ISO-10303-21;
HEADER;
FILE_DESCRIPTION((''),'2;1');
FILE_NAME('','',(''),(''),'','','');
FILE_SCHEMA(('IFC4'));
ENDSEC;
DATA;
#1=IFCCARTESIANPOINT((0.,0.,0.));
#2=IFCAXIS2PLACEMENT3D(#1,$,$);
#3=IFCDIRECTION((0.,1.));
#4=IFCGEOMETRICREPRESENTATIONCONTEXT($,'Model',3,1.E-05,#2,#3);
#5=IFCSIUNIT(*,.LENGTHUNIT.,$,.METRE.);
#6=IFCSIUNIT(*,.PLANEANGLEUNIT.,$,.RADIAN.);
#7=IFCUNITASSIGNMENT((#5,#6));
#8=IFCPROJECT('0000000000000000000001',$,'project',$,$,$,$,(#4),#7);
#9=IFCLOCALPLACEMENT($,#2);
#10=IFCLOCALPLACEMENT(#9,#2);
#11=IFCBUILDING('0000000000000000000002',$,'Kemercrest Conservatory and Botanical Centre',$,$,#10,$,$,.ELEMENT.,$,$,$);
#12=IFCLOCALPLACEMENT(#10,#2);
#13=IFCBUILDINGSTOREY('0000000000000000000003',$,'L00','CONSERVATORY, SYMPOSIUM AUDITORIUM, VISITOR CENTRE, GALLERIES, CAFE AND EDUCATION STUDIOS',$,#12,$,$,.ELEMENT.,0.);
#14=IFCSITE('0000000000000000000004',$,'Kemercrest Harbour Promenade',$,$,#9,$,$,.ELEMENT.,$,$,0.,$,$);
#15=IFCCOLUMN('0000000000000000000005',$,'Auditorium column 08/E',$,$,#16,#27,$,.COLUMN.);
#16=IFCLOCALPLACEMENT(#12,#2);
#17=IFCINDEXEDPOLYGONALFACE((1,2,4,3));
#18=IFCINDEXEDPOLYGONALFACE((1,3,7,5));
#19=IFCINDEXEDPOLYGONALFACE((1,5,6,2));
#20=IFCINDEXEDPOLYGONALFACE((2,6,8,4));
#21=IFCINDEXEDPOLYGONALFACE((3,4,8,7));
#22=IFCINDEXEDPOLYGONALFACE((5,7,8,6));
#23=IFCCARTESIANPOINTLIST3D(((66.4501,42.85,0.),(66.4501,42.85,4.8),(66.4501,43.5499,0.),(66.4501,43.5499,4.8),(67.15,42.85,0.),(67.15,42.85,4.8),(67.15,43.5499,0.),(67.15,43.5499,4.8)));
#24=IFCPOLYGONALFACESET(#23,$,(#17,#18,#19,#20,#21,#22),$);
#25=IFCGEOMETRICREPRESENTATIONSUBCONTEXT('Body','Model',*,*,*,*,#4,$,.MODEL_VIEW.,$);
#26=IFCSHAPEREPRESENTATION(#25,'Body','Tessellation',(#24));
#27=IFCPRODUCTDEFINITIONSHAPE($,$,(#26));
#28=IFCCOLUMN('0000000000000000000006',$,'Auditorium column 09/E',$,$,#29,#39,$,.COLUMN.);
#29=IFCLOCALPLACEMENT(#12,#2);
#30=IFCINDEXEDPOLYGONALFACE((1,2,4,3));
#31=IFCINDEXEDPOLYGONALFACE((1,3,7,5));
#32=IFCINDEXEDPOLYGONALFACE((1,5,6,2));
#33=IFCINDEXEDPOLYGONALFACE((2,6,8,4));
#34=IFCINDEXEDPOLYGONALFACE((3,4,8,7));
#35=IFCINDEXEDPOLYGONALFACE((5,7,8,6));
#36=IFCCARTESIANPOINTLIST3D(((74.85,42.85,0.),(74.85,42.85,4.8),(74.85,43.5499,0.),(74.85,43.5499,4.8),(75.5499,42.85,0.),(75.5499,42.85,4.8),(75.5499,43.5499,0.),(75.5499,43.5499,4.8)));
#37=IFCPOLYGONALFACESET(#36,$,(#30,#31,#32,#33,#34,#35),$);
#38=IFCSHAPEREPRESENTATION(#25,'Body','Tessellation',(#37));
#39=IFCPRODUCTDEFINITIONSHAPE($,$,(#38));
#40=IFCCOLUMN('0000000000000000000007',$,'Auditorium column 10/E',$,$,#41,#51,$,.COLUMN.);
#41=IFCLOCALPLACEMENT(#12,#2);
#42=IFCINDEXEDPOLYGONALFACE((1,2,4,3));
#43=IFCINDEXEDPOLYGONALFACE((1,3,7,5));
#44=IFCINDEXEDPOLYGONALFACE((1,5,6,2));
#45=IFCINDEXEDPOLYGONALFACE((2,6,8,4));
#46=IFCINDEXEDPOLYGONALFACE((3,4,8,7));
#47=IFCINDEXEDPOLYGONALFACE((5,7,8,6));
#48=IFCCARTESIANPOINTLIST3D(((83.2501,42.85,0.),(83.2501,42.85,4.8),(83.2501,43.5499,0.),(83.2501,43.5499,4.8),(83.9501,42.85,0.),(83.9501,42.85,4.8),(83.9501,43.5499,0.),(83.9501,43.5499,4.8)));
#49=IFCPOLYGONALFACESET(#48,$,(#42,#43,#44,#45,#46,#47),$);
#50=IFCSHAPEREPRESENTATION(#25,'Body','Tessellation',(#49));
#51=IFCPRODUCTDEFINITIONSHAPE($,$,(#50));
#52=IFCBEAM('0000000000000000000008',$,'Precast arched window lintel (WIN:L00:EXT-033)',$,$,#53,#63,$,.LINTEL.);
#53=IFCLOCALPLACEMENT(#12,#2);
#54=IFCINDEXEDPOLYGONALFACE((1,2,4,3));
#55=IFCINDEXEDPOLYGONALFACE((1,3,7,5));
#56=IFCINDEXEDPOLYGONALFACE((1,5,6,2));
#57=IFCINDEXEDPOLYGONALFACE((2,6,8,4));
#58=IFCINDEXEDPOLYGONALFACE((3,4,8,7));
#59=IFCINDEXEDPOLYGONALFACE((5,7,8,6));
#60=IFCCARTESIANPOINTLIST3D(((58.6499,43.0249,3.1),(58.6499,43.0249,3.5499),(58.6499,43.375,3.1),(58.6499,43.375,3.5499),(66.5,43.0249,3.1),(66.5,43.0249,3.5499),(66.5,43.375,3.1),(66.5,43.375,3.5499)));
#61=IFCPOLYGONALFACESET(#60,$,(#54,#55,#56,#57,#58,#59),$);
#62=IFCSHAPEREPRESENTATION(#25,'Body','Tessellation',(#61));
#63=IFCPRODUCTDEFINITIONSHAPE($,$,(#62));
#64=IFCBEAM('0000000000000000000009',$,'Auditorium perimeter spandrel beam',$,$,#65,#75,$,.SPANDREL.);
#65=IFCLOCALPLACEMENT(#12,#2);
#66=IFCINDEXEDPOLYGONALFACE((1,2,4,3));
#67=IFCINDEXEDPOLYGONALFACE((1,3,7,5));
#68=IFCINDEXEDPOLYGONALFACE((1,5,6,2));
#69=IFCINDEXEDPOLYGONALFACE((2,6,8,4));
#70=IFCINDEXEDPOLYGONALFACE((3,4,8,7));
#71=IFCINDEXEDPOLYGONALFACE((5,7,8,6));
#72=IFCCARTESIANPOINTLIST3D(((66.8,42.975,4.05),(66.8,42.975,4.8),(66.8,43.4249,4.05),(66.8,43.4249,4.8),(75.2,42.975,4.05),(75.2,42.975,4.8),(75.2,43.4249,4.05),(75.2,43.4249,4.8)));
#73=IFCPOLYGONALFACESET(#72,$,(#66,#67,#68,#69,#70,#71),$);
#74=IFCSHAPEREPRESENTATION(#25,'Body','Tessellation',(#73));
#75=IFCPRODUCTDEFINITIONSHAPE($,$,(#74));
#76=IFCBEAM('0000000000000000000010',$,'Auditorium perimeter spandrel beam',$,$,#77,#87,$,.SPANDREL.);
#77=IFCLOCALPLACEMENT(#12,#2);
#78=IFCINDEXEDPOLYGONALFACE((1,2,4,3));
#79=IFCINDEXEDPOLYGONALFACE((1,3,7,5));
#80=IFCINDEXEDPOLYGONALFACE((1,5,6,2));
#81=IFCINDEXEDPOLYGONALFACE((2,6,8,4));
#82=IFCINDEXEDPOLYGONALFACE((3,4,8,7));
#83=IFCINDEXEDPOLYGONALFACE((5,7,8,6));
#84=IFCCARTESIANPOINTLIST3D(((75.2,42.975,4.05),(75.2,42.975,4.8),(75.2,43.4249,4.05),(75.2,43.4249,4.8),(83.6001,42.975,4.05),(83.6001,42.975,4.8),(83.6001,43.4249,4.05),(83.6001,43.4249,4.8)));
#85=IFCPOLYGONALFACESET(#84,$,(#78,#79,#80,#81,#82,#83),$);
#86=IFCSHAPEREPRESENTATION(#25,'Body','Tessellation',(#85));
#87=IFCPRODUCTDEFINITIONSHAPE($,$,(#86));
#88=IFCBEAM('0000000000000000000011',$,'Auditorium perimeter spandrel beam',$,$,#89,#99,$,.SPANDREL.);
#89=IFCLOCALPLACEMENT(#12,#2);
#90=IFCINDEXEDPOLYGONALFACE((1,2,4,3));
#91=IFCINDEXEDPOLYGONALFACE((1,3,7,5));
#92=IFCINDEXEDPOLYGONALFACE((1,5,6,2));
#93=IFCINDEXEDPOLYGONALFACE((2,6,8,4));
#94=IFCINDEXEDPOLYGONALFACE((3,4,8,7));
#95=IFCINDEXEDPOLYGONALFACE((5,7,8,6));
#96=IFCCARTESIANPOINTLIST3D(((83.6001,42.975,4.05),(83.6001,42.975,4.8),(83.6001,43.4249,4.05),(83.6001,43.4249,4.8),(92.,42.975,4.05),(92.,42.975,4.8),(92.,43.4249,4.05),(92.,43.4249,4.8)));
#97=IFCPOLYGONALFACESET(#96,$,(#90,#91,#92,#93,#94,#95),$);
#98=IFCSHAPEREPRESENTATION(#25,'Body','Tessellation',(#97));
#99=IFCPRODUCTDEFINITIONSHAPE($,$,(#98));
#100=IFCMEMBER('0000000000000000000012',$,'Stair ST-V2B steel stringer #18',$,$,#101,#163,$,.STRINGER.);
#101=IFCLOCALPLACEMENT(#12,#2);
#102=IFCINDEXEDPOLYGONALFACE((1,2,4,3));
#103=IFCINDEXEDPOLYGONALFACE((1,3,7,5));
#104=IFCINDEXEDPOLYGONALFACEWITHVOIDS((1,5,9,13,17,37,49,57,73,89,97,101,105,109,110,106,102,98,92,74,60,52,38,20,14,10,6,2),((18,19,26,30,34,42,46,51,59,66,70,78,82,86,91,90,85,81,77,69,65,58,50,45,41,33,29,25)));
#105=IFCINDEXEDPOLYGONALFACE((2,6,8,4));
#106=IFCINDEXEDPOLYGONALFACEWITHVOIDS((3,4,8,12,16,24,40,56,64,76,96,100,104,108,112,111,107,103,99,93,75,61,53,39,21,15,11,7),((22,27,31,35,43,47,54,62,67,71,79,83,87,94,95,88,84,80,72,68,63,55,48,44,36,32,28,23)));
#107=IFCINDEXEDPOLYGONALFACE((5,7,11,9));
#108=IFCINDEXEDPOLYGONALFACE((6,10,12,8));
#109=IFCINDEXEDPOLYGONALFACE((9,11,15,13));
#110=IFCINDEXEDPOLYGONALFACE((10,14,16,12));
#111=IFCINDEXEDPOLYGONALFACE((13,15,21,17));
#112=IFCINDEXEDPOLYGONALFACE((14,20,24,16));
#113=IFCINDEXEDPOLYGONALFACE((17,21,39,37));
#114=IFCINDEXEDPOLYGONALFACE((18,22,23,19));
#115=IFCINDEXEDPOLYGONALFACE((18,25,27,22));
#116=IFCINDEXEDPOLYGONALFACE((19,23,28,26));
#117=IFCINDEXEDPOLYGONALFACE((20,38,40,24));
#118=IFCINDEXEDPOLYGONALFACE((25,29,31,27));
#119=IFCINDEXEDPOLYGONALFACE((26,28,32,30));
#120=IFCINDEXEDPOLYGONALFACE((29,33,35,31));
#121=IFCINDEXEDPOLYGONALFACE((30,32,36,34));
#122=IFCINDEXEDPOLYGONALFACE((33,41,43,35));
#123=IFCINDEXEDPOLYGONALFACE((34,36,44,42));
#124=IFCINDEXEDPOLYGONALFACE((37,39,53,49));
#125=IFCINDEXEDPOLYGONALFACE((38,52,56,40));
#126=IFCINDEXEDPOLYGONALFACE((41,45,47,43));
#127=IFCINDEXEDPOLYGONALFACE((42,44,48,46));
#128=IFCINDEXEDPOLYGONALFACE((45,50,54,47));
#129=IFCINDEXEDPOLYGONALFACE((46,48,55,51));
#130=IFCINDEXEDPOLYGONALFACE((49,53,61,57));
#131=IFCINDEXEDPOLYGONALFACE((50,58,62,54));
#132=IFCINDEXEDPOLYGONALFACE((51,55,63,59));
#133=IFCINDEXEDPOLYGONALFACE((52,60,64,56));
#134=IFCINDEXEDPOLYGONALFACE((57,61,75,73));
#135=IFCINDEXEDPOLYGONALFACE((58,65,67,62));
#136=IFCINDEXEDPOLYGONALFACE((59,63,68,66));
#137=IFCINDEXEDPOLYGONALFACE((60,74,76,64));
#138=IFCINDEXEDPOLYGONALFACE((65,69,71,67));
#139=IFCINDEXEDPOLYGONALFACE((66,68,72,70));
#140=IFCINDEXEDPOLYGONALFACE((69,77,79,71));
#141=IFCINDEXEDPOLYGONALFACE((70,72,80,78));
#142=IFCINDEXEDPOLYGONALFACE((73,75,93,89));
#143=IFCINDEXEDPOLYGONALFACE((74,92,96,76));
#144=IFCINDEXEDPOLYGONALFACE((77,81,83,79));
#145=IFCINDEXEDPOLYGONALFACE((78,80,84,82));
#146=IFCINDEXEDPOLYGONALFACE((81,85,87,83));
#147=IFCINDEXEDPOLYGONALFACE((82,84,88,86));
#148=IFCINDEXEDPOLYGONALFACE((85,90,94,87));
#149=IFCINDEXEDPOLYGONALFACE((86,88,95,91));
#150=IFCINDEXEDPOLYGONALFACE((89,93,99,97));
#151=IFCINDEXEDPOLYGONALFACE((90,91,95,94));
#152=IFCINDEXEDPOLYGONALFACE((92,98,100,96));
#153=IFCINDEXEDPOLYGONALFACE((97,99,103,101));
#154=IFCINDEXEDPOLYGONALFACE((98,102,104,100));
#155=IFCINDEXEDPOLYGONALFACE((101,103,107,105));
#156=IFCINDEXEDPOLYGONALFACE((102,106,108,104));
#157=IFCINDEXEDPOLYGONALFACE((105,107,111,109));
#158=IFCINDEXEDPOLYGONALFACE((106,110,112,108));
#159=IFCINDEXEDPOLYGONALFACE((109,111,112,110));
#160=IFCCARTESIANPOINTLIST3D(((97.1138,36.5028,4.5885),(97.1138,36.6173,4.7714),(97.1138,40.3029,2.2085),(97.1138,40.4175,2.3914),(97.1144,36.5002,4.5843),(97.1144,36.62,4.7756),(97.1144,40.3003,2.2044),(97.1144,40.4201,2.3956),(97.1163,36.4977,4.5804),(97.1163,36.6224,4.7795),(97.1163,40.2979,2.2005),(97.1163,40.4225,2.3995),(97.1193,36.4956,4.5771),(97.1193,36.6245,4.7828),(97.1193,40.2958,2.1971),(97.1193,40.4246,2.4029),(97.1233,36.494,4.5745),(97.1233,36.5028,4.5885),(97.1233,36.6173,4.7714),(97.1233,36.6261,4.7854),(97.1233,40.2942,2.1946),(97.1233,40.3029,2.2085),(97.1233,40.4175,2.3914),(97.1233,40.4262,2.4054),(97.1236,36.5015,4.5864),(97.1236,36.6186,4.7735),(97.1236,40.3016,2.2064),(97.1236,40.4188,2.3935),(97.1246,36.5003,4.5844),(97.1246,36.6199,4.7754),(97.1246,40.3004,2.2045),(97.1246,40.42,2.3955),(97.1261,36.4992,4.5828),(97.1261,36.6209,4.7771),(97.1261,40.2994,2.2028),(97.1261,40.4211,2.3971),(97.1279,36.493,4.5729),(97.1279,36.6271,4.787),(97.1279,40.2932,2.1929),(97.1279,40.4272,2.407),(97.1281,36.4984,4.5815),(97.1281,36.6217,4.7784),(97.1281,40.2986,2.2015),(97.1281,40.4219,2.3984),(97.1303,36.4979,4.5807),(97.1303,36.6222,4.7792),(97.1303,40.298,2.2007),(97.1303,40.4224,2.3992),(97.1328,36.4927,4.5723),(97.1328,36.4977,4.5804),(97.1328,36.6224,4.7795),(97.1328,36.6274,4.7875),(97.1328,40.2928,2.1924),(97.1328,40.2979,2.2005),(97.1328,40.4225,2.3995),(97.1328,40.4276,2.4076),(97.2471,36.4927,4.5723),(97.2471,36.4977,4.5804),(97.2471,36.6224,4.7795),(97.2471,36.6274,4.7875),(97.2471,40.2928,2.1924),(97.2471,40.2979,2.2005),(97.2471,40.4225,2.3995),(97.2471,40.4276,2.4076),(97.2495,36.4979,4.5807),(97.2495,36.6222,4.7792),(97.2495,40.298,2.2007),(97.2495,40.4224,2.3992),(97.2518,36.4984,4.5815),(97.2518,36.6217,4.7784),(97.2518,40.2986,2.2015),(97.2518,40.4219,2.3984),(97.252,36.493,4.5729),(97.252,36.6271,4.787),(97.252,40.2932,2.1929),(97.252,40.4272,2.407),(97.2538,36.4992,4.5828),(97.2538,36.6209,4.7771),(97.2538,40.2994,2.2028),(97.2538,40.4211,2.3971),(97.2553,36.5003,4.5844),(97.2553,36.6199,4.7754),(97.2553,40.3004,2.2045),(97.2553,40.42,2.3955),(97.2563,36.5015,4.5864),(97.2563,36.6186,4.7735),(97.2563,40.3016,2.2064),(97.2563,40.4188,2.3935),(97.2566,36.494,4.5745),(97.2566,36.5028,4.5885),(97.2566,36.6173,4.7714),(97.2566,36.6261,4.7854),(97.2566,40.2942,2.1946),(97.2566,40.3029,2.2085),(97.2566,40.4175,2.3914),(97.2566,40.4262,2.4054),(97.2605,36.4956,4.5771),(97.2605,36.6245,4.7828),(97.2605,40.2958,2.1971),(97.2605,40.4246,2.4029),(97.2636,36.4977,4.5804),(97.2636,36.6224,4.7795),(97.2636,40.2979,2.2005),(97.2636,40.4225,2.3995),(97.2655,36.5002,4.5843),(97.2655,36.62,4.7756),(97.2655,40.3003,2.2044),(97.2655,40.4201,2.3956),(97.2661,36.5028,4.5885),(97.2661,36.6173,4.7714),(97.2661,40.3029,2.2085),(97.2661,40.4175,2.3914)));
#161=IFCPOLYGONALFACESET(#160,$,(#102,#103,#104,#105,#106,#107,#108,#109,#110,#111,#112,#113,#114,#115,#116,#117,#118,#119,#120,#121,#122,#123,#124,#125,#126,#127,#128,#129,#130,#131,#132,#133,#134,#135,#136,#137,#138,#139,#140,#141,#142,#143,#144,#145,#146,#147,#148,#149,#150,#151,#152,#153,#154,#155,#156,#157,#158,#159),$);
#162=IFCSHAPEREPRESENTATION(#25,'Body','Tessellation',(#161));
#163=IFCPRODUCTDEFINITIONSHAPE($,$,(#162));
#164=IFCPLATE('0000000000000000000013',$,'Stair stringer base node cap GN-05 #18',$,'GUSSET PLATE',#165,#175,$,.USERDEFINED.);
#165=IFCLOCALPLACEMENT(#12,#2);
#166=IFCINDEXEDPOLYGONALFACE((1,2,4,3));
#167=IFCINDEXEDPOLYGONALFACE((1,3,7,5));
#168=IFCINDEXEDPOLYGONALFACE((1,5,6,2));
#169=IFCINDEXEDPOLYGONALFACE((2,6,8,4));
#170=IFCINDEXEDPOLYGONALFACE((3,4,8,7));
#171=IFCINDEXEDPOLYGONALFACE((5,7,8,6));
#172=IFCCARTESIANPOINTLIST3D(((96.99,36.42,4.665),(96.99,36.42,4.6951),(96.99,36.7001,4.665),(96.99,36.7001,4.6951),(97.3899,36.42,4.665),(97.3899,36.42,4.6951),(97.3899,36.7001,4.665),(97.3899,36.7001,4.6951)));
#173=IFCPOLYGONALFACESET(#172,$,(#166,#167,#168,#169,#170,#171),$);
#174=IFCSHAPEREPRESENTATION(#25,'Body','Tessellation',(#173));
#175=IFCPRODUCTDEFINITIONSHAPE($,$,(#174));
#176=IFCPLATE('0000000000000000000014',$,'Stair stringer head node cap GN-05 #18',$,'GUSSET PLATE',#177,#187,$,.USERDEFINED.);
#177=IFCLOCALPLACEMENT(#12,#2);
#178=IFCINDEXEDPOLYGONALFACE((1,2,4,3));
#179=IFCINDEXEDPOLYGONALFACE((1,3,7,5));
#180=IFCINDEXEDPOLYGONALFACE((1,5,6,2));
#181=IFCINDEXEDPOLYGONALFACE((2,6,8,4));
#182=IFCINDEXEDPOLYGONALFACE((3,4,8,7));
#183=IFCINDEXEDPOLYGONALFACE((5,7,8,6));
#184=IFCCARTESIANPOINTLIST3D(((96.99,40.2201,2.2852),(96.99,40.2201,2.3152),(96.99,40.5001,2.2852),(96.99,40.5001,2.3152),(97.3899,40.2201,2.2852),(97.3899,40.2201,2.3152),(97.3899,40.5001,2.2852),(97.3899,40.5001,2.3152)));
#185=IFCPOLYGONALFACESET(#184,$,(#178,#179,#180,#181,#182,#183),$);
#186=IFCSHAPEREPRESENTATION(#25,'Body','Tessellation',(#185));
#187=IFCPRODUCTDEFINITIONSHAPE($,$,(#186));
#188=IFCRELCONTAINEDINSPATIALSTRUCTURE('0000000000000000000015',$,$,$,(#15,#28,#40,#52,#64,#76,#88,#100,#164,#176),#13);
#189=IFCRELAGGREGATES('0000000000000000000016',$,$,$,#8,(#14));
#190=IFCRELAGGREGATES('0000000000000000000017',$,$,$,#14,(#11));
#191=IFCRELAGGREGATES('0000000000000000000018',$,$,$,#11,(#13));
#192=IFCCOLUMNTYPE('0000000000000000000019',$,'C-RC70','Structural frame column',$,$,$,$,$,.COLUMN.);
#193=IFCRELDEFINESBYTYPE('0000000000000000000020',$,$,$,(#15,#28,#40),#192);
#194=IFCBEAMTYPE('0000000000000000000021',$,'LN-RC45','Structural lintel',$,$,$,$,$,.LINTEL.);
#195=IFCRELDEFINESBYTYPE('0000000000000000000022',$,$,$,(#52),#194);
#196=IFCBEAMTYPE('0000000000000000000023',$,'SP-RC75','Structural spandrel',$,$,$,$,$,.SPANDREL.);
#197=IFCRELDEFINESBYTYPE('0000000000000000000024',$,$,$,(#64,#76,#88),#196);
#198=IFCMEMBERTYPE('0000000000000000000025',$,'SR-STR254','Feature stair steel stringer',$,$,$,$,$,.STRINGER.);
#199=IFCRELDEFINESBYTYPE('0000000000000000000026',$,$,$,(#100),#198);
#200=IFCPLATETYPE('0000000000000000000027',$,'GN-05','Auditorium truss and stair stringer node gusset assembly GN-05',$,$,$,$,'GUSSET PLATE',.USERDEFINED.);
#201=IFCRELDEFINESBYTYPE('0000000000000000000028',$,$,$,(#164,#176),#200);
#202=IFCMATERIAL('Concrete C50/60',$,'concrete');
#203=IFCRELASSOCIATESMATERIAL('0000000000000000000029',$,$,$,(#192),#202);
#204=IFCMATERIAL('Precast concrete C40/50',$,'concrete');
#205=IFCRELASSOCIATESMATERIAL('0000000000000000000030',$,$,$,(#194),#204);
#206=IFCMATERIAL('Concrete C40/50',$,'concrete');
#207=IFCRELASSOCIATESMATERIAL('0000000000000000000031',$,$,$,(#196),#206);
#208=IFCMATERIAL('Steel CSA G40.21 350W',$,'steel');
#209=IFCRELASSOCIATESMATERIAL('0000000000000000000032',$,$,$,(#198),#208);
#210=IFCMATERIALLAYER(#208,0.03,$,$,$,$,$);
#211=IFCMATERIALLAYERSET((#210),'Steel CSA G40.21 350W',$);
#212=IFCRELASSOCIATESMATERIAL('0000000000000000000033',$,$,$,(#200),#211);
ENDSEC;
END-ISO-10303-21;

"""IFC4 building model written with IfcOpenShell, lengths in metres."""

from ifc_helpers import new_model, si_unit, direction, frame, origin, origin_2d, place, context, subcontext, project, spatial, rectangle, hollow_rectangle, extrude, material, layer, layer_set, material_profile, profile_set, type_object, element, save


model = new_model("IFC4")

# Units and contexts
model_context = context("Model", 3, precision=1e-05, world=origin(), true_north=direction((0.0, 1.0)))
body_context = subcontext(model_context, "Body", "Model", "MODEL_VIEW")
ifc_project = project(units=[si_unit("LENGTHUNIT", "METRE"), si_unit("PLANEANGLEUNIT", "RADIAN")], contexts=[model_context])

# Site, building, storey
site_placement = place(None, origin())
site = spatial("IfcSite", under=ifc_project, at=site_placement, Name="Kemercrest Harbour Promenade", CompositionType="ELEMENT", RefElevation=0.0)
building_placement = place(site_placement, origin())
building = spatial("IfcBuilding", under=site, at=building_placement, Name="Kemercrest Conservatory and Botanical Centre", CompositionType="ELEMENT")
storey_placement = place(building_placement, origin())
storey = spatial("IfcBuildingStorey", under=building, at=storey_placement, Name="L00", Description="CONSERVATORY, SYMPOSIUM AUDITORIUM, VISITOR CENTRE, GALLERIES, CAFE AND EDUCATION STUDIOS", CompositionType="ELEMENT", Elevation=0.0)

# Columns
ifc_material_1 = material(Name="Concrete C50/60", Category="concrete")
ifc_material_profile_1 = material_profile(ifc_material_1, rectangle(XDim=0.7, YDim=0.7, at=origin_2d()), Name="RC 700x700")
ifc_profile_set_1 = profile_set([ifc_material_profile_1], Name="Concrete C50/60")
column_type = type_object("IfcColumnType", Name="C-RC70", Description="Structural frame column", PredefinedType="COLUMN", material=ifc_profile_set_1)
for number, where, z_axis, x_axis, name in (
    (1, (66.8, 43.2, 0.0), (0.0, 0.0, 1.0), (1.0, 0.0, 0.0), "Auditorium column 08/E"),
    (2, (75.2, 43.2, 0.0), (0.0, 0.0, 1.0), (1.0, 0.0, 0.0), "Auditorium column 09/E"),
    (3, (83.6001, 43.2, 0.0), (0.0, 0.0, 1.0), (1.0, 0.0, 0.0), "Auditorium column 10/E"),
):
    element("IfcColumn", number, at=place(storey_placement, frame(where, z_axis=z_axis, x_axis=x_axis)), inside=storey, type_object=column_type, Name=name, PredefinedType="COLUMN", context=body_context, shape_type="SweptSolid", body=[
        extrude(rectangle(XDim=0.7, YDim=0.7, at=origin_2d()), origin(), (0.0, 0.0, 1.0), 4.8),
    ])

# Beams
ifc_material_2 = material(Name="Precast concrete C40/50", Category="concrete")
ifc_material_profile_2 = material_profile(ifc_material_2, rectangle(XDim=0.3501, YDim=0.45, at=origin_2d()), Name="RC 350x450")
ifc_profile_set_2 = profile_set([ifc_material_profile_2], Name="Precast concrete C40/50")
beam_type_1 = type_object("IfcBeamType", Name="LN-RC45", Description="Structural lintel", PredefinedType="LINTEL", material=ifc_profile_set_2)
beam_1_placement = place(storey_placement, frame((66.5, 43.2, 3.325), z_axis=(-1.0, 0.0, 0.0), x_axis=(0.0, -1.0, 0.0)))
element("IfcBeam", 4, at=beam_1_placement, inside=storey, type_object=beam_type_1, Name="Precast arched window lintel (WIN:L00:EXT-033)", PredefinedType="LINTEL", context=body_context, shape_type="SweptSolid", body=[
    extrude(rectangle(XDim=0.3501, YDim=0.45, at=origin_2d()), origin(), (0.0, 0.0, 1.0), 7.8501),
])
ifc_material_3 = material(Name="Concrete C40/50", Category="concrete")
ifc_material_profile_3 = material_profile(ifc_material_3, rectangle(XDim=0.45, YDim=0.75, at=origin_2d()), Name="RC 450x750")
ifc_profile_set_3 = profile_set([ifc_material_profile_3], Name="Concrete C40/50")
beam_type_2 = type_object("IfcBeamType", Name="SP-RC75", Description="Structural spandrel", PredefinedType="SPANDREL", material=ifc_profile_set_3)
beam_2_placement = place(storey_placement, frame((66.8, 43.2, 4.425), z_axis=(1.0, 0.0, 0.0), x_axis=(0.0, 1.0, 0.0)))
element("IfcBeam", 5, at=beam_2_placement, inside=storey, type_object=beam_type_2, Name="Auditorium perimeter spandrel beam", PredefinedType="SPANDREL", context=body_context, shape_type="SweptSolid", body=[
    extrude(rectangle(XDim=0.45, YDim=0.75, at=origin_2d()), origin(), (0.0, 0.0, 1.0), 8.3999),
])
beam_3_placement = place(storey_placement, frame((75.2, 43.2, 4.425), z_axis=(1.0, 0.0, 0.0), x_axis=(0.0, 1.0, 0.0)))
element("IfcBeam", 6, at=beam_3_placement, inside=storey, type_object=beam_type_2, Name="Auditorium perimeter spandrel beam", PredefinedType="SPANDREL", context=body_context, shape_type="SweptSolid", body=[
    extrude(rectangle(XDim=0.45, YDim=0.75, at=origin_2d()), origin(), (0.0, 0.0, 1.0), 8.4001),
])
beam_4_placement = place(storey_placement, frame((83.6001, 43.2, 4.425), z_axis=(1.0, 0.0, 0.0), x_axis=(0.0, 1.0, 0.0)))
element("IfcBeam", 7, at=beam_4_placement, inside=storey, type_object=beam_type_2, Name="Auditorium perimeter spandrel beam", PredefinedType="SPANDREL", context=body_context, shape_type="SweptSolid", body=[
    extrude(rectangle(XDim=0.45, YDim=0.75, at=origin_2d()), origin(), (0.0, 0.0, 1.0), 8.3999),
])

# Member
ifc_material_4 = material(Name="Steel CSA G40.21 350W", Category="steel")
ifc_material_profile_4 = material_profile(ifc_material_4, hollow_rectangle(XDim=0.1523, YDim=0.2539, WallThickness=0.0095, InnerFilletRadius=0.0095, OuterFilletRadius=0.019, at=origin_2d()), Name="HSS 254x152x9.5")
ifc_profile_set_4 = profile_set([ifc_material_profile_4], Name="Steel CSA G40.21 350W")
member_type = type_object("IfcMemberType", Name="SR-STR254", Description="Feature stair steel stringer", PredefinedType="STRINGER", material=ifc_profile_set_4)
member_placement = place(storey_placement, frame((97.1899, 36.5601, 4.6799), z_axis=(0.0, 0.847512, -0.530777), x_axis=(-1.0, 0.0, 0.0)))
element("IfcMember", 8, at=member_placement, inside=storey, type_object=member_type, Name="Stair ST-V2B steel stringer #18", PredefinedType="STRINGER", context=body_context, shape_type="SweptSolid", body=[
    extrude(hollow_rectangle(XDim=0.1523, YDim=0.2539, WallThickness=0.0095, InnerFilletRadius=0.0095, OuterFilletRadius=0.019, at=origin_2d()), origin(), (0.0, 0.0, 1.0), 4.4839),
])

# Plates
ifc_layer_1 = layer(ifc_material_4, 0.03)
ifc_layer_set_1 = layer_set([ifc_layer_1], Name="Steel CSA G40.21 350W")
plate_type = type_object("IfcPlateType", Name="GN-05", Description="Auditorium truss and stair stringer node gusset assembly GN-05", ElementType="GUSSET PLATE", PredefinedType="USERDEFINED", material=ifc_layer_set_1)
for number, where, z_axis, x_axis, name in (
    (9, (97.1899, 36.5601, 4.665), (0.0, 0.0, 1.0), (1.0, 0.0, 0.0), "Stair stringer base node cap GN-05 #18"),
    (10, (97.1899, 40.3601, 2.2852), (0.0, 0.0, 1.0), (1.0, 0.0, 0.0), "Stair stringer head node cap GN-05 #18"),
):
    element("IfcPlate", number, at=place(storey_placement, frame(where, z_axis=z_axis, x_axis=x_axis)), inside=storey, type_object=plate_type, Name=name, ObjectType="GUSSET PLATE", PredefinedType="USERDEFINED", context=body_context, shape_type="SweptSolid", body=[
        extrude(rectangle(XDim=0.3999, YDim=0.28, at=origin_2d()), origin(), (0.0, 0.0, 1.0), 0.03),
    ])

save(model, "model.ifc")
